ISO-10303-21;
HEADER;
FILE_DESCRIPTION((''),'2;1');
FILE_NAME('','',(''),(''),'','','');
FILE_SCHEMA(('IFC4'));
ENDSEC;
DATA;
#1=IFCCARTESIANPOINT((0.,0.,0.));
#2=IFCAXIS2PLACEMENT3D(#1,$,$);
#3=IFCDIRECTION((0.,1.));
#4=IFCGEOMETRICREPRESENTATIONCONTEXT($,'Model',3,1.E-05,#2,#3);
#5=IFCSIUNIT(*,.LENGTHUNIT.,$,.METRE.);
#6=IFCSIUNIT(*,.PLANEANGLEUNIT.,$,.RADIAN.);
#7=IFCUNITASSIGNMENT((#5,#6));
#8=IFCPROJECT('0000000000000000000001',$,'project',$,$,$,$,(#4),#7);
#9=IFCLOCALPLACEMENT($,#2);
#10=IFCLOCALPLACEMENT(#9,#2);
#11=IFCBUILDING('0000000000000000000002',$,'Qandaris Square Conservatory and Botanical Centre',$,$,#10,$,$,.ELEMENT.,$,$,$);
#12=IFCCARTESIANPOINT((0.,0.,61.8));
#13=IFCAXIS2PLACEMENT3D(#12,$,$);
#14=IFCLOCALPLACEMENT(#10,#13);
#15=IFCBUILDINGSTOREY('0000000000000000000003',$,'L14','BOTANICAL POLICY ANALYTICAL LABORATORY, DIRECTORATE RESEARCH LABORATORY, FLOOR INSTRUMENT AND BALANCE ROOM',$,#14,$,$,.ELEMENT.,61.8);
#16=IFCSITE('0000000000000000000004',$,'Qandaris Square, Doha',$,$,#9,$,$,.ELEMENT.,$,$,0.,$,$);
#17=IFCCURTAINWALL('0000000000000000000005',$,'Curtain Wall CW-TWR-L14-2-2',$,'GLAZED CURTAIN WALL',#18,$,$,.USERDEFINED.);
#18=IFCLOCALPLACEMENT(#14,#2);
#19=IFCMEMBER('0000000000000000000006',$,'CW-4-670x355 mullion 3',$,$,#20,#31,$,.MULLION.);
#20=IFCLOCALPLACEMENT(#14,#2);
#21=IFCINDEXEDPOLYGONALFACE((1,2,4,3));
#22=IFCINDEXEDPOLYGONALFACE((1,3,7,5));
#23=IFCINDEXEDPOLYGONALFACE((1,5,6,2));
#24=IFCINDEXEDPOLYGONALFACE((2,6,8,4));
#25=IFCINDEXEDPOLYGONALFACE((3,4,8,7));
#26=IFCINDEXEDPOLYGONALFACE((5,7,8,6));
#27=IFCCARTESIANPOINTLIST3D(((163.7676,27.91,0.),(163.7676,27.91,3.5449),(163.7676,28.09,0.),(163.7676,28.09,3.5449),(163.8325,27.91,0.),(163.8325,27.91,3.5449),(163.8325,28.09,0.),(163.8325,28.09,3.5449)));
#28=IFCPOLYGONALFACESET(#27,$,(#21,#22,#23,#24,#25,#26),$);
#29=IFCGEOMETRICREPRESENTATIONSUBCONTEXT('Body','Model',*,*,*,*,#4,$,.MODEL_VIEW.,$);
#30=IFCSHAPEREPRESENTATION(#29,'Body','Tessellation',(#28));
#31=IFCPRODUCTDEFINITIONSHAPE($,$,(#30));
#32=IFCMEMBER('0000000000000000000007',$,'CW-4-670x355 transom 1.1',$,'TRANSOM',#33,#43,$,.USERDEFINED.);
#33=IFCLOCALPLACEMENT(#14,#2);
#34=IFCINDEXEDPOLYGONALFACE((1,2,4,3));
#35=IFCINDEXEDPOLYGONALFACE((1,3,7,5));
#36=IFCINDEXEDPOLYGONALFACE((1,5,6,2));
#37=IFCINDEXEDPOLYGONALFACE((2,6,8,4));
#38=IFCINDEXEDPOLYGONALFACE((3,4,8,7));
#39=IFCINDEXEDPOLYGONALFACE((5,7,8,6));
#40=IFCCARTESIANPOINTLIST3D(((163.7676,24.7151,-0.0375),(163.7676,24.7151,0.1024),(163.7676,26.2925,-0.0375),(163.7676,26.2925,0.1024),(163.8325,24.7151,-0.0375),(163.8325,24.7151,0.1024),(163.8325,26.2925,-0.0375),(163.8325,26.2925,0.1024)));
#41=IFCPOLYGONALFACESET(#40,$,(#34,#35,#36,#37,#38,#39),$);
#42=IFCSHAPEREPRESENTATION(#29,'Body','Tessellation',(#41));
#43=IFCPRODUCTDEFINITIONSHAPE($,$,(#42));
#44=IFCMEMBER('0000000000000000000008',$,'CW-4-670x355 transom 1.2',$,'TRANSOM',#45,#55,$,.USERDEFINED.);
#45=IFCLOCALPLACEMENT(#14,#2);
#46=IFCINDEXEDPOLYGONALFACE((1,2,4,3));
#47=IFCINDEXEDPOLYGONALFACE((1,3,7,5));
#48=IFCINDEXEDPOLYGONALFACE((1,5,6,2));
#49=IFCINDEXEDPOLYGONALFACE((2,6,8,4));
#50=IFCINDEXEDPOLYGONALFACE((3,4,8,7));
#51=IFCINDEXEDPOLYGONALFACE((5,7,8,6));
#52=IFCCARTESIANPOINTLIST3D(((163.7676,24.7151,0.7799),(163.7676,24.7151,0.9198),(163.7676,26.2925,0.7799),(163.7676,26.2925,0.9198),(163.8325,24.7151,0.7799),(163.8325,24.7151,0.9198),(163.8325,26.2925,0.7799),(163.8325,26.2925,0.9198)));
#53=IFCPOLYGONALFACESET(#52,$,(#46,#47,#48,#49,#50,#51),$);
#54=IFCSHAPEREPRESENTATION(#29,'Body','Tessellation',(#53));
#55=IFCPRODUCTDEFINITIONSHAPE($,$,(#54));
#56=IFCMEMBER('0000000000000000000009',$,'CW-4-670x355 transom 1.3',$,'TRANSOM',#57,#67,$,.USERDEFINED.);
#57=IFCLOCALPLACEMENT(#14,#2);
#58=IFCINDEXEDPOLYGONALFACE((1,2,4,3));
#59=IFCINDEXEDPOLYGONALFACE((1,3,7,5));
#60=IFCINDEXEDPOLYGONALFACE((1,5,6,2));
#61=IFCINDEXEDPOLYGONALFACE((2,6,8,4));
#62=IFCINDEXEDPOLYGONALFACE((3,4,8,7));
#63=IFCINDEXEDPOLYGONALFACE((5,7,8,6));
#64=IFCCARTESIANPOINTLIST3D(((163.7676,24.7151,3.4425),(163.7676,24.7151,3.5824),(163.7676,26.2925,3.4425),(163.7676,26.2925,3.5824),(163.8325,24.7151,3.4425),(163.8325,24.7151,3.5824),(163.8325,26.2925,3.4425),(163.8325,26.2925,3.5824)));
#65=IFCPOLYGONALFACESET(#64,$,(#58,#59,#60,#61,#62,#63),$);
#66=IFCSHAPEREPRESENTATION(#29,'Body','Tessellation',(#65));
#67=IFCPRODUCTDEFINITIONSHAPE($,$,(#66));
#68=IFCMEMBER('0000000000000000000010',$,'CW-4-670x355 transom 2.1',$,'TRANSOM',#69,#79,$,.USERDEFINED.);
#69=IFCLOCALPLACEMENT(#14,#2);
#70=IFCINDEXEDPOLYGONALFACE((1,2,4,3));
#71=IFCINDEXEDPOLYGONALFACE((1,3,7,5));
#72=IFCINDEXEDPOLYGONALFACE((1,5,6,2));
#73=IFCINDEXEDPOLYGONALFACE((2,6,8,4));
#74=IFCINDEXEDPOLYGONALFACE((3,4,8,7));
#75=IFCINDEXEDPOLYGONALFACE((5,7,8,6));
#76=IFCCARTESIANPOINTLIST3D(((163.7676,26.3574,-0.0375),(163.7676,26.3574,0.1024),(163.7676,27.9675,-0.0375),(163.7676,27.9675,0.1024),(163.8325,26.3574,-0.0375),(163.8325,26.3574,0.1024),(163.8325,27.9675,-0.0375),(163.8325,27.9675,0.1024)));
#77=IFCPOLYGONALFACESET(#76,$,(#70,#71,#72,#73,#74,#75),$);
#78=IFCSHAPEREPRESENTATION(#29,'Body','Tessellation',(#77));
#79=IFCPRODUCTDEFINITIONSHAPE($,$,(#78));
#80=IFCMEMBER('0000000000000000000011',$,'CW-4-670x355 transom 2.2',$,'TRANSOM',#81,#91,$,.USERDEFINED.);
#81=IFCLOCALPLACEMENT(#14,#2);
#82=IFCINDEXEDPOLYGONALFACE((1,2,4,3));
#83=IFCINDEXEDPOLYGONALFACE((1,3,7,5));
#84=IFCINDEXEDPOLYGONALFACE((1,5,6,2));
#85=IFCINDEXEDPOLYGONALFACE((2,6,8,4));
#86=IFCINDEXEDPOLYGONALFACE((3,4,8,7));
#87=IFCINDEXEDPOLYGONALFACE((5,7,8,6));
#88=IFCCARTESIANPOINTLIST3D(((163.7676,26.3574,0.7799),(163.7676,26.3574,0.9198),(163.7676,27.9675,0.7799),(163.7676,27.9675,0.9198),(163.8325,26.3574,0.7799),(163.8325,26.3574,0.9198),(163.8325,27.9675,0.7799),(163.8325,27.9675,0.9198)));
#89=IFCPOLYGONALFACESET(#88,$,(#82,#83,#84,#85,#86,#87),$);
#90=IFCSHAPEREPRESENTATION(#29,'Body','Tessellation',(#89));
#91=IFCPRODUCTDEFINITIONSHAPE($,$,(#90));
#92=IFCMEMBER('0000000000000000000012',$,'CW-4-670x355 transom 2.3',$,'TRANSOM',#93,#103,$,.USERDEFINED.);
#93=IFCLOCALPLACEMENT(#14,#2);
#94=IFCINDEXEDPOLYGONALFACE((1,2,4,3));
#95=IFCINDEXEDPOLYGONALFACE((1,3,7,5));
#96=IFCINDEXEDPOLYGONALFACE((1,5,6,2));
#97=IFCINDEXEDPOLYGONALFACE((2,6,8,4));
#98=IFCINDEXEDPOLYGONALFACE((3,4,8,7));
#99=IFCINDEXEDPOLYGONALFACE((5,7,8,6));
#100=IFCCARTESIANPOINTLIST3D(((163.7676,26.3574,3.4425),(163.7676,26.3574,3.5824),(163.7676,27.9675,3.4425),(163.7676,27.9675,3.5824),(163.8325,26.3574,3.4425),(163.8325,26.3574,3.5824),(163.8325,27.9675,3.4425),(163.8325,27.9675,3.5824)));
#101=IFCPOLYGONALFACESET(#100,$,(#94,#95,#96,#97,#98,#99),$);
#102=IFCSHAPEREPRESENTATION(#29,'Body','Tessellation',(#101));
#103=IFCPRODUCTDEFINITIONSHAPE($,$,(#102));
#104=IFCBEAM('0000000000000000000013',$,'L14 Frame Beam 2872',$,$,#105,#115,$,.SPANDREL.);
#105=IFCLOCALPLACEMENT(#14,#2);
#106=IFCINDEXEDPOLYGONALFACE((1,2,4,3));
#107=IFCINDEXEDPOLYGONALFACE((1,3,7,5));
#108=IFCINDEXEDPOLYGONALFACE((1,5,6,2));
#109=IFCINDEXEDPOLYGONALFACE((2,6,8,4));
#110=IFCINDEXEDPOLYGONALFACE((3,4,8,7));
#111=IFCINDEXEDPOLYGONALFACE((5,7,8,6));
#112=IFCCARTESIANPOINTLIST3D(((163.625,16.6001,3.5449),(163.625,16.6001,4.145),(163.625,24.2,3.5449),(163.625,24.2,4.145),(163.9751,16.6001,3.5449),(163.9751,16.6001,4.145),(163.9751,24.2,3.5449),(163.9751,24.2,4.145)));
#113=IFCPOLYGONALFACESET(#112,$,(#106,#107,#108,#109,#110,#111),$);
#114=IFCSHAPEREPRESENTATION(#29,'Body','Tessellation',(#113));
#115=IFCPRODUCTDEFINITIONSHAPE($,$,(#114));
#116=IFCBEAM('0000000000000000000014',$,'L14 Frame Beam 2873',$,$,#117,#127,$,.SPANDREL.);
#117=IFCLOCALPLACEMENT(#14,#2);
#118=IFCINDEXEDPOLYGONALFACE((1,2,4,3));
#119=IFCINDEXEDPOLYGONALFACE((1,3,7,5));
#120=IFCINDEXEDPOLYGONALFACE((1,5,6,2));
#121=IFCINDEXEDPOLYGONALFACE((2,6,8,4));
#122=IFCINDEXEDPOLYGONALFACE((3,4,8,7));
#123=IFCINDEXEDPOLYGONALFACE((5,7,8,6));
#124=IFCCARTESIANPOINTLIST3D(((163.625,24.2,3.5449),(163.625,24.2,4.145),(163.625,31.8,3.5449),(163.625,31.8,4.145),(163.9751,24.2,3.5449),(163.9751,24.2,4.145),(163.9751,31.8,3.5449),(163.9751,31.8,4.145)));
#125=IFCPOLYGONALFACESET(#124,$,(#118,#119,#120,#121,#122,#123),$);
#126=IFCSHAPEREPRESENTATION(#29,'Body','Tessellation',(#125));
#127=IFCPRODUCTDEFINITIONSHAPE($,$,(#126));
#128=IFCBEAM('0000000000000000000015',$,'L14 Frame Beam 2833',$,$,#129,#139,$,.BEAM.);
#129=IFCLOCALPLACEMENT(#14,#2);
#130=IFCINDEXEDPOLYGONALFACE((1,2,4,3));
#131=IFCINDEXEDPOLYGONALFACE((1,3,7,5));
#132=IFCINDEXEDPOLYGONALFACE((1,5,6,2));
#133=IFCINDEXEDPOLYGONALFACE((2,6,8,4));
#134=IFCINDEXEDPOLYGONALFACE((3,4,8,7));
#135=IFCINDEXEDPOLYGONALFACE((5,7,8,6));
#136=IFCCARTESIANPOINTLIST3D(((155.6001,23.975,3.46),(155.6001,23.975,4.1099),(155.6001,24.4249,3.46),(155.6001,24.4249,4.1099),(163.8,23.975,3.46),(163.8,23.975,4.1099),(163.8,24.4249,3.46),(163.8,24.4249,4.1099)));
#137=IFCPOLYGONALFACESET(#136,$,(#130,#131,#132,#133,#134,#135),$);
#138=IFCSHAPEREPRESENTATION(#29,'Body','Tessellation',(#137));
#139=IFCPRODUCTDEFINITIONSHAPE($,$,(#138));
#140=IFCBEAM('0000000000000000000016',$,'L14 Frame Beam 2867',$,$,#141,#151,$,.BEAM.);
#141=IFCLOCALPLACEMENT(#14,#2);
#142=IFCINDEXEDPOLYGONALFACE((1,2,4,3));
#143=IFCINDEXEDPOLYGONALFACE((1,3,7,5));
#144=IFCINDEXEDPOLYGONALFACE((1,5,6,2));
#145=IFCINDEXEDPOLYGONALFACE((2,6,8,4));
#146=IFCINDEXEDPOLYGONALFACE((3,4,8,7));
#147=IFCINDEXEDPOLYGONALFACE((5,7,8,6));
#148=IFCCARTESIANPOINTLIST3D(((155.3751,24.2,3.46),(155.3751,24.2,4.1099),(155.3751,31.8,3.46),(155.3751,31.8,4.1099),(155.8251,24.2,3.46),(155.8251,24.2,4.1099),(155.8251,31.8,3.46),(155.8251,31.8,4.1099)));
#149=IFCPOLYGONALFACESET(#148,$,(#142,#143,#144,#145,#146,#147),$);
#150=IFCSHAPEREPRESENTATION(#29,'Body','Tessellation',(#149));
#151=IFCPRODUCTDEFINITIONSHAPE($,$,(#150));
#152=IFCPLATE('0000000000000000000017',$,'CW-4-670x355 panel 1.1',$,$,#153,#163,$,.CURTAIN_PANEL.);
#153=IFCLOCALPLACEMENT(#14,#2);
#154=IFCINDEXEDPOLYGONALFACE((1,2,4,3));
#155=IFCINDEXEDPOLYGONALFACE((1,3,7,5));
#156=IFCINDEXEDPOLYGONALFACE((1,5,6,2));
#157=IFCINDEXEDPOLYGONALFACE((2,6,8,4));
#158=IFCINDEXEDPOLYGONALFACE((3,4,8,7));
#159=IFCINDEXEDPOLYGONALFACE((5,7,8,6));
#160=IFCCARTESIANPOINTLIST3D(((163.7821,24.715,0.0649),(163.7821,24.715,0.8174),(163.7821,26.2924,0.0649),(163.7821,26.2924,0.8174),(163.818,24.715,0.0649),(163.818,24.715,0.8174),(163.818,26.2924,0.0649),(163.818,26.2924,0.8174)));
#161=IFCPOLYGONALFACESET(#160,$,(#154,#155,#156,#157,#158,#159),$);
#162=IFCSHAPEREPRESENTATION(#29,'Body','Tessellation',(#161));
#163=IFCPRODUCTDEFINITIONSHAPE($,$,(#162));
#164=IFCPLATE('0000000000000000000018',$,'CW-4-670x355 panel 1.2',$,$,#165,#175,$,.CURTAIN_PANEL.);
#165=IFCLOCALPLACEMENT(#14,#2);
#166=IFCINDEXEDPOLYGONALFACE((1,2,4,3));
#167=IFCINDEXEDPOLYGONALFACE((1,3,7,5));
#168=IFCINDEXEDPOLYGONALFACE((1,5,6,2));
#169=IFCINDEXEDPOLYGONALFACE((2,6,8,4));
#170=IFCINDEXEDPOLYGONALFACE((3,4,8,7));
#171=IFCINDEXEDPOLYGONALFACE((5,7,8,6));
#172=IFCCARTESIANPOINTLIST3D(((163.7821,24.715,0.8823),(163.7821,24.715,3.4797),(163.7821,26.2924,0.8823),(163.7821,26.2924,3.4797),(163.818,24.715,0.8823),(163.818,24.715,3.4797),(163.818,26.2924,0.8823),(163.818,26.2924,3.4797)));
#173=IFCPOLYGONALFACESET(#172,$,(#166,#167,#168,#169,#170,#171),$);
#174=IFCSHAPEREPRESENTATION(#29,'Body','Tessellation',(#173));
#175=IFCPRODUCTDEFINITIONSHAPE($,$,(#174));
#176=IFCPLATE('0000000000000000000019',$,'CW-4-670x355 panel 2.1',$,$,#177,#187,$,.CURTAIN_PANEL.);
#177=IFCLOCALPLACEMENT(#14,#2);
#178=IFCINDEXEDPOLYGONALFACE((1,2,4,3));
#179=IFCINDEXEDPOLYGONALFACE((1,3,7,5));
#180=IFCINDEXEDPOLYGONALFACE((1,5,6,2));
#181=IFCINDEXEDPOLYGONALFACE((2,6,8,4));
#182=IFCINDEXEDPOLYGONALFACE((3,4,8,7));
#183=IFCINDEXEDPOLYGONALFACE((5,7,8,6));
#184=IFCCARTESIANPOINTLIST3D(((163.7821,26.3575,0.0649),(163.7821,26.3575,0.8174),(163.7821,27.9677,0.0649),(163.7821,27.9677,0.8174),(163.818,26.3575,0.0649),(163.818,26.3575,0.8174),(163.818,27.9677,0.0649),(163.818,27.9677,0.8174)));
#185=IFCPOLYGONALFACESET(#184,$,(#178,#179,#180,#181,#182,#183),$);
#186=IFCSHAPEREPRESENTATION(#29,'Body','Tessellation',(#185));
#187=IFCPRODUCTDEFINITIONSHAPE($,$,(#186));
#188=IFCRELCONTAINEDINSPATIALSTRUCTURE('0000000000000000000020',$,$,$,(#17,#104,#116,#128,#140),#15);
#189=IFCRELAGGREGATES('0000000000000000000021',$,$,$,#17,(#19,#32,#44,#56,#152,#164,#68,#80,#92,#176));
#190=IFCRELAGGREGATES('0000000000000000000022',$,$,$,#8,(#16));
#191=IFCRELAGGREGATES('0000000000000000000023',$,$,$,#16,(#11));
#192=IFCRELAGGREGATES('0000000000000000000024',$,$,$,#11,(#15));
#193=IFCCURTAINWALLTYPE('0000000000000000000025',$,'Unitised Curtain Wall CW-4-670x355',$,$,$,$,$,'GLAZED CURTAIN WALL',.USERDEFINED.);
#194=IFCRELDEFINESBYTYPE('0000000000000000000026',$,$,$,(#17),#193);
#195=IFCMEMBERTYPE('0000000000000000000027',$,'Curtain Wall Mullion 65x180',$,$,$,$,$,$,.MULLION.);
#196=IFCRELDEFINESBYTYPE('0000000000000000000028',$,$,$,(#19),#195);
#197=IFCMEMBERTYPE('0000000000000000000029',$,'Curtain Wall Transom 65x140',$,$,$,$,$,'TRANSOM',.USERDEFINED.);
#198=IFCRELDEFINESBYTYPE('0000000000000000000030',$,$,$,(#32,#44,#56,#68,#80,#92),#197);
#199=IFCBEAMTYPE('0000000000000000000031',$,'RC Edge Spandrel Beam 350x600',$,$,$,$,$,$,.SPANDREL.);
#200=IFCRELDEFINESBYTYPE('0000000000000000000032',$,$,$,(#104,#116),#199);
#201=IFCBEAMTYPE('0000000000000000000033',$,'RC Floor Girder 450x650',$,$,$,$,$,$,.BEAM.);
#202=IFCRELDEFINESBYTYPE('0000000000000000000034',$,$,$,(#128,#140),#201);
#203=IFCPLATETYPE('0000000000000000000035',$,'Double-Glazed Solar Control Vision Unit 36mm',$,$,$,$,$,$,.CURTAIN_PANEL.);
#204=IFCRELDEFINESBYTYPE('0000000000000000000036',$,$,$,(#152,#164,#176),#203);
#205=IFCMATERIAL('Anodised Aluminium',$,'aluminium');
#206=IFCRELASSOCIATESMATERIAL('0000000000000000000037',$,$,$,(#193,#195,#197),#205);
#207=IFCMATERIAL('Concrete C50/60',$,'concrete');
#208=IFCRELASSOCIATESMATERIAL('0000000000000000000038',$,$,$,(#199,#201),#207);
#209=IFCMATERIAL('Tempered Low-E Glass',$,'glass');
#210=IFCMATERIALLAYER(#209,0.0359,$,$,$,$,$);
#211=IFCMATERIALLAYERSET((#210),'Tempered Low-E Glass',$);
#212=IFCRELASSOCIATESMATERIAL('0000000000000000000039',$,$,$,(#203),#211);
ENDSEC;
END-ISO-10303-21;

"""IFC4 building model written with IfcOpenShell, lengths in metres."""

from ifc_helpers import new_model, si_unit, direction, frame, origin, origin_2d, place, context, subcontext, project, spatial, rectangle, extrude, material, layer, layer_set, material_profile, profile_set, type_object, element, aggregate, save


model = new_model("IFC4")

# Units and contexts
model_context = context("Model", 3, precision=1e-05, world=origin(), true_north=direction((0.0, 1.0)))
body_context = subcontext(model_context, "Body", "Model", "MODEL_VIEW")
ifc_project = project(units=[si_unit("LENGTHUNIT", "METRE"), si_unit("PLANEANGLEUNIT", "RADIAN")], contexts=[model_context])

# Site, building, storey
site_placement = place(None, origin())
site = spatial("IfcSite", under=ifc_project, at=site_placement, Name="Qandaris Square, Doha", CompositionType="ELEMENT", RefElevation=0.0)
building_placement = place(site_placement, origin())
building = spatial("IfcBuilding", under=site, at=building_placement, Name="Qandaris Square Conservatory and Botanical Centre", CompositionType="ELEMENT")
storey_placement = place(building_placement, frame((0.0, 0.0, 61.8)))
storey = spatial("IfcBuildingStorey", under=building, at=storey_placement, Name="L14", Description="BOTANICAL POLICY ANALYTICAL LABORATORY, DIRECTORATE RESEARCH LABORATORY, FLOOR INSTRUMENT AND BALANCE ROOM", CompositionType="ELEMENT", Elevation=61.8)

# Shared definitions
ifc_material_1 = material(Name="Concrete C50/60", Category="concrete")

# Curtain wall, members
ifc_material_2 = material(Name="Anodised Aluminium", Category="aluminium")
curtain_wall_type = type_object("IfcCurtainWallType", Name="Unitised Curtain Wall CW-4-670x355", ElementType="GLAZED CURTAIN WALL", PredefinedType="USERDEFINED", material=ifc_material_2)
curtain_wall_placement = place(storey_placement, origin())
curtain_wall = element("IfcCurtainWall", 1, at=curtain_wall_placement, inside=storey, type_object=curtain_wall_type, Name="Curtain Wall CW-TWR-L14-2-2", ObjectType="GLAZED CURTAIN WALL", PredefinedType="USERDEFINED")
ifc_material_profile_1 = material_profile(ifc_material_2, rectangle(XDim=0.0649, YDim=0.1799, at=origin_2d()), Name="ALU-MUL 65x180")
ifc_profile_set_1 = profile_set([ifc_material_profile_1], Name="Anodised Aluminium")
member_type_1 = type_object("IfcMemberType", Name="Curtain Wall Mullion 65x180", PredefinedType="MULLION", material=ifc_profile_set_1)
member_1_placement = place(storey_placement, frame((163.8, 28.0, 0.0), z_axis=(0.0, 0.0, 1.0), x_axis=(-1.0, 0.0, 0.0)))
member_1 = element("IfcMember", 2, at=member_1_placement, type_object=member_type_1, Name="CW-4-670x355 mullion 3", PredefinedType="MULLION", context=body_context, shape_type="SweptSolid", body=[
    extrude(rectangle(XDim=0.0649, YDim=0.1799, at=origin_2d()), origin(), (0.0, 0.0, 1.0), 3.5449),
])
ifc_material_profile_2 = material_profile(ifc_material_2, rectangle(XDim=0.0649, YDim=0.1399, at=origin_2d()), Name="ALU-TRN 65x140")
ifc_profile_set_2 = profile_set([ifc_material_profile_2], Name="Anodised Aluminium")
member_type_2 = type_object("IfcMemberType", Name="Curtain Wall Transom 65x140", ElementType="TRANSOM", PredefinedType="USERDEFINED", material=ifc_profile_set_2)
member_2_placement = place(storey_placement, frame((163.8, 24.7151, 0.0325), z_axis=(0.0, 1.0, 0.0), x_axis=(-1.0, 0.0, 0.0)))
member_2 = element("IfcMember", 3, at=member_2_placement, type_object=member_type_2, Name="CW-4-670x355 transom 1.1", ObjectType="TRANSOM", PredefinedType="USERDEFINED", context=body_context, shape_type="SweptSolid", body=[
    extrude(rectangle(XDim=0.0649, YDim=0.1399, at=origin_2d()), origin(), (0.0, 0.0, 1.0), 1.5774),
])
member_3_placement = place(storey_placement, frame((163.8, 24.7151, 0.8499), z_axis=(0.0, 1.0, 0.0), x_axis=(-1.0, 0.0, 0.0)))
member_3 = element("IfcMember", 4, at=member_3_placement, type_object=member_type_2, Name="CW-4-670x355 transom 1.2", ObjectType="TRANSOM", PredefinedType="USERDEFINED", context=body_context, shape_type="SweptSolid", body=[
    extrude(rectangle(XDim=0.0649, YDim=0.1399, at=origin_2d()), origin(), (0.0, 0.0, 1.0), 1.5774),
])
member_4_placement = place(storey_placement, frame((163.8, 24.7151, 3.5125), z_axis=(0.0, 1.0, 0.0), x_axis=(-1.0, 0.0, 0.0)))
member_4 = element("IfcMember", 5, at=member_4_placement, type_object=member_type_2, Name="CW-4-670x355 transom 1.3", ObjectType="TRANSOM", PredefinedType="USERDEFINED", context=body_context, shape_type="SweptSolid", body=[
    extrude(rectangle(XDim=0.0649, YDim=0.1399, at=origin_2d()), origin(), (0.0, 0.0, 1.0), 1.5774),
])
member_5_placement = place(storey_placement, frame((163.8, 26.3574, 0.0325), z_axis=(0.0, 1.0, 0.0), x_axis=(-1.0, 0.0, 0.0)))
member_5 = element("IfcMember", 6, at=member_5_placement, type_object=member_type_2, Name="CW-4-670x355 transom 2.1", ObjectType="TRANSOM", PredefinedType="USERDEFINED", context=body_context, shape_type="SweptSolid", body=[
    extrude(rectangle(XDim=0.0649, YDim=0.1399, at=origin_2d()), origin(), (0.0, 0.0, 1.0), 1.6101),
])
member_6_placement = place(storey_placement, frame((163.8, 26.3574, 0.8499), z_axis=(0.0, 1.0, 0.0), x_axis=(-1.0, 0.0, 0.0)))
member_6 = element("IfcMember", 7, at=member_6_placement, type_object=member_type_2, Name="CW-4-670x355 transom 2.2", ObjectType="TRANSOM", PredefinedType="USERDEFINED", context=body_context, shape_type="SweptSolid", body=[
    extrude(rectangle(XDim=0.0649, YDim=0.1399, at=origin_2d()), origin(), (0.0, 0.0, 1.0), 1.6101),
])
member_7_placement = place(storey_placement, frame((163.8, 26.3574, 3.5125), z_axis=(0.0, 1.0, 0.0), x_axis=(-1.0, 0.0, 0.0)))
member_7 = element("IfcMember", 8, at=member_7_placement, type_object=member_type_2, Name="CW-4-670x355 transom 2.3", ObjectType="TRANSOM", PredefinedType="USERDEFINED", context=body_context, shape_type="SweptSolid", body=[
    extrude(rectangle(XDim=0.0649, YDim=0.1399, at=origin_2d()), origin(), (0.0, 0.0, 1.0), 1.6101),
])

# Beams
ifc_material_profile_3 = material_profile(ifc_material_1, rectangle(XDim=0.3501, YDim=0.6001, at=origin_2d()), Name="RC-SP 350x600")
ifc_profile_set_3 = profile_set([ifc_material_profile_3], Name="Concrete C50/60")
beam_type_1 = type_object("IfcBeamType", Name="RC Edge Spandrel Beam 350x600", PredefinedType="SPANDREL", material=ifc_profile_set_3)
beam_1_placement = place(storey_placement, frame((163.8, 16.6001, 3.845), z_axis=(0.0, 1.0, 0.0), x_axis=(-1.0, 0.0, 0.0)))
element("IfcBeam", 9, at=beam_1_placement, inside=storey, type_object=beam_type_1, Name="L14 Frame Beam 2872", PredefinedType="SPANDREL", context=body_context, shape_type="SweptSolid", body=[
    extrude(rectangle(XDim=0.3501, YDim=0.6001, at=origin_2d()), origin(), (0.0, 0.0, 1.0), 7.5999),
])
beam_2_placement = place(storey_placement, frame((163.8, 24.2, 3.845), z_axis=(0.0, 1.0, 0.0), x_axis=(-1.0, 0.0, 0.0)))
element("IfcBeam", 10, at=beam_2_placement, inside=storey, type_object=beam_type_1, Name="L14 Frame Beam 2873", PredefinedType="SPANDREL", context=body_context, shape_type="SweptSolid", body=[
    extrude(rectangle(XDim=0.3501, YDim=0.6001, at=origin_2d()), origin(), (0.0, 0.0, 1.0), 7.6001),
])
ifc_material_profile_4 = material_profile(ifc_material_1, rectangle(XDim=0.45, YDim=0.6499, at=origin_2d()), Name="RC-BM 450x650")
ifc_profile_set_4 = profile_set([ifc_material_profile_4], Name="Concrete C50/60")
beam_type_2 = type_object("IfcBeamType", Name="RC Floor Girder 450x650", PredefinedType="BEAM", material=ifc_profile_set_4)
beam_3_placement = place(storey_placement, frame((155.6001, 24.2, 3.7849), z_axis=(1.0, 0.0, 0.0), x_axis=(0.0, 1.0, 0.0)))
element("IfcBeam", 11, at=beam_3_placement, inside=storey, type_object=beam_type_2, Name="L14 Frame Beam 2833", PredefinedType="BEAM", context=body_context, shape_type="SweptSolid", body=[
    extrude(rectangle(XDim=0.45, YDim=0.6499, at=origin_2d()), origin(), (0.0, 0.0, 1.0), 8.2),
])
beam_4_placement = place(storey_placement, frame((155.6001, 24.2, 3.7849), z_axis=(0.0, 1.0, 0.0), x_axis=(-1.0, 0.0, 0.0)))
element("IfcBeam", 12, at=beam_4_placement, inside=storey, type_object=beam_type_2, Name="L14 Frame Beam 2867", PredefinedType="BEAM", context=body_context, shape_type="SweptSolid", body=[
    extrude(rectangle(XDim=0.45, YDim=0.6499, at=origin_2d()), origin(), (0.0, 0.0, 1.0), 7.6001),
])

# Plates
ifc_material_3 = material(Name="Tempered Low-E Glass", Category="glass")
ifc_layer_1 = layer(ifc_material_3, 0.0359)
ifc_layer_set_1 = layer_set([ifc_layer_1], Name="Tempered Low-E Glass")
plate_type_1 = type_object("IfcPlateType", Name="Double-Glazed Solar Control Vision Unit 36mm", PredefinedType="CURTAIN_PANEL", material=ifc_layer_set_1)
plate_1_placement = place(storey_placement, frame((163.8, 25.5037, 0.0649), z_axis=(0.0, 0.0, 1.0), x_axis=(0.0, 1.0, 0.0)))
plate_1 = element("IfcPlate", 13, at=plate_1_placement, type_object=plate_type_1, Name="CW-4-670x355 panel 1.1", PredefinedType="CURTAIN_PANEL", context=body_context, shape_type="SweptSolid", body=[
    extrude(rectangle(XDim=1.5774, YDim=0.0359, at=origin_2d()), origin(), (0.0, 0.0, 1.0), 0.7524),
])
plate_2_placement = place(storey_placement, frame((163.8, 25.5037, 0.8823), z_axis=(0.0, 0.0, 1.0), x_axis=(0.0, 1.0, 0.0)))
plate_2 = element("IfcPlate", 14, at=plate_2_placement, type_object=plate_type_1, Name="CW-4-670x355 panel 1.2", PredefinedType="CURTAIN_PANEL", context=body_context, shape_type="SweptSolid", body=[
    extrude(rectangle(XDim=1.5774, YDim=0.0359, at=origin_2d()), origin(), (0.0, 0.0, 1.0), 2.5974),
])
plate_3_placement = place(storey_placement, frame((163.8, 27.1626, 0.0649), z_axis=(0.0, 0.0, 1.0), x_axis=(0.0, 1.0, 0.0)))
plate_3 = element("IfcPlate", 15, at=plate_3_placement, type_object=plate_type_1, Name="CW-4-670x355 panel 2.1", PredefinedType="CURTAIN_PANEL", context=body_context, shape_type="SweptSolid", body=[
    extrude(rectangle(XDim=1.6101, YDim=0.0359, at=origin_2d()), origin(), (0.0, 0.0, 1.0), 0.7524),
])
aggregate(curtain_wall, [member_1, member_2, member_3, member_4, plate_1, plate_2, member_5, member_6, member_7, plate_3])

save(model, "model.ifc")
